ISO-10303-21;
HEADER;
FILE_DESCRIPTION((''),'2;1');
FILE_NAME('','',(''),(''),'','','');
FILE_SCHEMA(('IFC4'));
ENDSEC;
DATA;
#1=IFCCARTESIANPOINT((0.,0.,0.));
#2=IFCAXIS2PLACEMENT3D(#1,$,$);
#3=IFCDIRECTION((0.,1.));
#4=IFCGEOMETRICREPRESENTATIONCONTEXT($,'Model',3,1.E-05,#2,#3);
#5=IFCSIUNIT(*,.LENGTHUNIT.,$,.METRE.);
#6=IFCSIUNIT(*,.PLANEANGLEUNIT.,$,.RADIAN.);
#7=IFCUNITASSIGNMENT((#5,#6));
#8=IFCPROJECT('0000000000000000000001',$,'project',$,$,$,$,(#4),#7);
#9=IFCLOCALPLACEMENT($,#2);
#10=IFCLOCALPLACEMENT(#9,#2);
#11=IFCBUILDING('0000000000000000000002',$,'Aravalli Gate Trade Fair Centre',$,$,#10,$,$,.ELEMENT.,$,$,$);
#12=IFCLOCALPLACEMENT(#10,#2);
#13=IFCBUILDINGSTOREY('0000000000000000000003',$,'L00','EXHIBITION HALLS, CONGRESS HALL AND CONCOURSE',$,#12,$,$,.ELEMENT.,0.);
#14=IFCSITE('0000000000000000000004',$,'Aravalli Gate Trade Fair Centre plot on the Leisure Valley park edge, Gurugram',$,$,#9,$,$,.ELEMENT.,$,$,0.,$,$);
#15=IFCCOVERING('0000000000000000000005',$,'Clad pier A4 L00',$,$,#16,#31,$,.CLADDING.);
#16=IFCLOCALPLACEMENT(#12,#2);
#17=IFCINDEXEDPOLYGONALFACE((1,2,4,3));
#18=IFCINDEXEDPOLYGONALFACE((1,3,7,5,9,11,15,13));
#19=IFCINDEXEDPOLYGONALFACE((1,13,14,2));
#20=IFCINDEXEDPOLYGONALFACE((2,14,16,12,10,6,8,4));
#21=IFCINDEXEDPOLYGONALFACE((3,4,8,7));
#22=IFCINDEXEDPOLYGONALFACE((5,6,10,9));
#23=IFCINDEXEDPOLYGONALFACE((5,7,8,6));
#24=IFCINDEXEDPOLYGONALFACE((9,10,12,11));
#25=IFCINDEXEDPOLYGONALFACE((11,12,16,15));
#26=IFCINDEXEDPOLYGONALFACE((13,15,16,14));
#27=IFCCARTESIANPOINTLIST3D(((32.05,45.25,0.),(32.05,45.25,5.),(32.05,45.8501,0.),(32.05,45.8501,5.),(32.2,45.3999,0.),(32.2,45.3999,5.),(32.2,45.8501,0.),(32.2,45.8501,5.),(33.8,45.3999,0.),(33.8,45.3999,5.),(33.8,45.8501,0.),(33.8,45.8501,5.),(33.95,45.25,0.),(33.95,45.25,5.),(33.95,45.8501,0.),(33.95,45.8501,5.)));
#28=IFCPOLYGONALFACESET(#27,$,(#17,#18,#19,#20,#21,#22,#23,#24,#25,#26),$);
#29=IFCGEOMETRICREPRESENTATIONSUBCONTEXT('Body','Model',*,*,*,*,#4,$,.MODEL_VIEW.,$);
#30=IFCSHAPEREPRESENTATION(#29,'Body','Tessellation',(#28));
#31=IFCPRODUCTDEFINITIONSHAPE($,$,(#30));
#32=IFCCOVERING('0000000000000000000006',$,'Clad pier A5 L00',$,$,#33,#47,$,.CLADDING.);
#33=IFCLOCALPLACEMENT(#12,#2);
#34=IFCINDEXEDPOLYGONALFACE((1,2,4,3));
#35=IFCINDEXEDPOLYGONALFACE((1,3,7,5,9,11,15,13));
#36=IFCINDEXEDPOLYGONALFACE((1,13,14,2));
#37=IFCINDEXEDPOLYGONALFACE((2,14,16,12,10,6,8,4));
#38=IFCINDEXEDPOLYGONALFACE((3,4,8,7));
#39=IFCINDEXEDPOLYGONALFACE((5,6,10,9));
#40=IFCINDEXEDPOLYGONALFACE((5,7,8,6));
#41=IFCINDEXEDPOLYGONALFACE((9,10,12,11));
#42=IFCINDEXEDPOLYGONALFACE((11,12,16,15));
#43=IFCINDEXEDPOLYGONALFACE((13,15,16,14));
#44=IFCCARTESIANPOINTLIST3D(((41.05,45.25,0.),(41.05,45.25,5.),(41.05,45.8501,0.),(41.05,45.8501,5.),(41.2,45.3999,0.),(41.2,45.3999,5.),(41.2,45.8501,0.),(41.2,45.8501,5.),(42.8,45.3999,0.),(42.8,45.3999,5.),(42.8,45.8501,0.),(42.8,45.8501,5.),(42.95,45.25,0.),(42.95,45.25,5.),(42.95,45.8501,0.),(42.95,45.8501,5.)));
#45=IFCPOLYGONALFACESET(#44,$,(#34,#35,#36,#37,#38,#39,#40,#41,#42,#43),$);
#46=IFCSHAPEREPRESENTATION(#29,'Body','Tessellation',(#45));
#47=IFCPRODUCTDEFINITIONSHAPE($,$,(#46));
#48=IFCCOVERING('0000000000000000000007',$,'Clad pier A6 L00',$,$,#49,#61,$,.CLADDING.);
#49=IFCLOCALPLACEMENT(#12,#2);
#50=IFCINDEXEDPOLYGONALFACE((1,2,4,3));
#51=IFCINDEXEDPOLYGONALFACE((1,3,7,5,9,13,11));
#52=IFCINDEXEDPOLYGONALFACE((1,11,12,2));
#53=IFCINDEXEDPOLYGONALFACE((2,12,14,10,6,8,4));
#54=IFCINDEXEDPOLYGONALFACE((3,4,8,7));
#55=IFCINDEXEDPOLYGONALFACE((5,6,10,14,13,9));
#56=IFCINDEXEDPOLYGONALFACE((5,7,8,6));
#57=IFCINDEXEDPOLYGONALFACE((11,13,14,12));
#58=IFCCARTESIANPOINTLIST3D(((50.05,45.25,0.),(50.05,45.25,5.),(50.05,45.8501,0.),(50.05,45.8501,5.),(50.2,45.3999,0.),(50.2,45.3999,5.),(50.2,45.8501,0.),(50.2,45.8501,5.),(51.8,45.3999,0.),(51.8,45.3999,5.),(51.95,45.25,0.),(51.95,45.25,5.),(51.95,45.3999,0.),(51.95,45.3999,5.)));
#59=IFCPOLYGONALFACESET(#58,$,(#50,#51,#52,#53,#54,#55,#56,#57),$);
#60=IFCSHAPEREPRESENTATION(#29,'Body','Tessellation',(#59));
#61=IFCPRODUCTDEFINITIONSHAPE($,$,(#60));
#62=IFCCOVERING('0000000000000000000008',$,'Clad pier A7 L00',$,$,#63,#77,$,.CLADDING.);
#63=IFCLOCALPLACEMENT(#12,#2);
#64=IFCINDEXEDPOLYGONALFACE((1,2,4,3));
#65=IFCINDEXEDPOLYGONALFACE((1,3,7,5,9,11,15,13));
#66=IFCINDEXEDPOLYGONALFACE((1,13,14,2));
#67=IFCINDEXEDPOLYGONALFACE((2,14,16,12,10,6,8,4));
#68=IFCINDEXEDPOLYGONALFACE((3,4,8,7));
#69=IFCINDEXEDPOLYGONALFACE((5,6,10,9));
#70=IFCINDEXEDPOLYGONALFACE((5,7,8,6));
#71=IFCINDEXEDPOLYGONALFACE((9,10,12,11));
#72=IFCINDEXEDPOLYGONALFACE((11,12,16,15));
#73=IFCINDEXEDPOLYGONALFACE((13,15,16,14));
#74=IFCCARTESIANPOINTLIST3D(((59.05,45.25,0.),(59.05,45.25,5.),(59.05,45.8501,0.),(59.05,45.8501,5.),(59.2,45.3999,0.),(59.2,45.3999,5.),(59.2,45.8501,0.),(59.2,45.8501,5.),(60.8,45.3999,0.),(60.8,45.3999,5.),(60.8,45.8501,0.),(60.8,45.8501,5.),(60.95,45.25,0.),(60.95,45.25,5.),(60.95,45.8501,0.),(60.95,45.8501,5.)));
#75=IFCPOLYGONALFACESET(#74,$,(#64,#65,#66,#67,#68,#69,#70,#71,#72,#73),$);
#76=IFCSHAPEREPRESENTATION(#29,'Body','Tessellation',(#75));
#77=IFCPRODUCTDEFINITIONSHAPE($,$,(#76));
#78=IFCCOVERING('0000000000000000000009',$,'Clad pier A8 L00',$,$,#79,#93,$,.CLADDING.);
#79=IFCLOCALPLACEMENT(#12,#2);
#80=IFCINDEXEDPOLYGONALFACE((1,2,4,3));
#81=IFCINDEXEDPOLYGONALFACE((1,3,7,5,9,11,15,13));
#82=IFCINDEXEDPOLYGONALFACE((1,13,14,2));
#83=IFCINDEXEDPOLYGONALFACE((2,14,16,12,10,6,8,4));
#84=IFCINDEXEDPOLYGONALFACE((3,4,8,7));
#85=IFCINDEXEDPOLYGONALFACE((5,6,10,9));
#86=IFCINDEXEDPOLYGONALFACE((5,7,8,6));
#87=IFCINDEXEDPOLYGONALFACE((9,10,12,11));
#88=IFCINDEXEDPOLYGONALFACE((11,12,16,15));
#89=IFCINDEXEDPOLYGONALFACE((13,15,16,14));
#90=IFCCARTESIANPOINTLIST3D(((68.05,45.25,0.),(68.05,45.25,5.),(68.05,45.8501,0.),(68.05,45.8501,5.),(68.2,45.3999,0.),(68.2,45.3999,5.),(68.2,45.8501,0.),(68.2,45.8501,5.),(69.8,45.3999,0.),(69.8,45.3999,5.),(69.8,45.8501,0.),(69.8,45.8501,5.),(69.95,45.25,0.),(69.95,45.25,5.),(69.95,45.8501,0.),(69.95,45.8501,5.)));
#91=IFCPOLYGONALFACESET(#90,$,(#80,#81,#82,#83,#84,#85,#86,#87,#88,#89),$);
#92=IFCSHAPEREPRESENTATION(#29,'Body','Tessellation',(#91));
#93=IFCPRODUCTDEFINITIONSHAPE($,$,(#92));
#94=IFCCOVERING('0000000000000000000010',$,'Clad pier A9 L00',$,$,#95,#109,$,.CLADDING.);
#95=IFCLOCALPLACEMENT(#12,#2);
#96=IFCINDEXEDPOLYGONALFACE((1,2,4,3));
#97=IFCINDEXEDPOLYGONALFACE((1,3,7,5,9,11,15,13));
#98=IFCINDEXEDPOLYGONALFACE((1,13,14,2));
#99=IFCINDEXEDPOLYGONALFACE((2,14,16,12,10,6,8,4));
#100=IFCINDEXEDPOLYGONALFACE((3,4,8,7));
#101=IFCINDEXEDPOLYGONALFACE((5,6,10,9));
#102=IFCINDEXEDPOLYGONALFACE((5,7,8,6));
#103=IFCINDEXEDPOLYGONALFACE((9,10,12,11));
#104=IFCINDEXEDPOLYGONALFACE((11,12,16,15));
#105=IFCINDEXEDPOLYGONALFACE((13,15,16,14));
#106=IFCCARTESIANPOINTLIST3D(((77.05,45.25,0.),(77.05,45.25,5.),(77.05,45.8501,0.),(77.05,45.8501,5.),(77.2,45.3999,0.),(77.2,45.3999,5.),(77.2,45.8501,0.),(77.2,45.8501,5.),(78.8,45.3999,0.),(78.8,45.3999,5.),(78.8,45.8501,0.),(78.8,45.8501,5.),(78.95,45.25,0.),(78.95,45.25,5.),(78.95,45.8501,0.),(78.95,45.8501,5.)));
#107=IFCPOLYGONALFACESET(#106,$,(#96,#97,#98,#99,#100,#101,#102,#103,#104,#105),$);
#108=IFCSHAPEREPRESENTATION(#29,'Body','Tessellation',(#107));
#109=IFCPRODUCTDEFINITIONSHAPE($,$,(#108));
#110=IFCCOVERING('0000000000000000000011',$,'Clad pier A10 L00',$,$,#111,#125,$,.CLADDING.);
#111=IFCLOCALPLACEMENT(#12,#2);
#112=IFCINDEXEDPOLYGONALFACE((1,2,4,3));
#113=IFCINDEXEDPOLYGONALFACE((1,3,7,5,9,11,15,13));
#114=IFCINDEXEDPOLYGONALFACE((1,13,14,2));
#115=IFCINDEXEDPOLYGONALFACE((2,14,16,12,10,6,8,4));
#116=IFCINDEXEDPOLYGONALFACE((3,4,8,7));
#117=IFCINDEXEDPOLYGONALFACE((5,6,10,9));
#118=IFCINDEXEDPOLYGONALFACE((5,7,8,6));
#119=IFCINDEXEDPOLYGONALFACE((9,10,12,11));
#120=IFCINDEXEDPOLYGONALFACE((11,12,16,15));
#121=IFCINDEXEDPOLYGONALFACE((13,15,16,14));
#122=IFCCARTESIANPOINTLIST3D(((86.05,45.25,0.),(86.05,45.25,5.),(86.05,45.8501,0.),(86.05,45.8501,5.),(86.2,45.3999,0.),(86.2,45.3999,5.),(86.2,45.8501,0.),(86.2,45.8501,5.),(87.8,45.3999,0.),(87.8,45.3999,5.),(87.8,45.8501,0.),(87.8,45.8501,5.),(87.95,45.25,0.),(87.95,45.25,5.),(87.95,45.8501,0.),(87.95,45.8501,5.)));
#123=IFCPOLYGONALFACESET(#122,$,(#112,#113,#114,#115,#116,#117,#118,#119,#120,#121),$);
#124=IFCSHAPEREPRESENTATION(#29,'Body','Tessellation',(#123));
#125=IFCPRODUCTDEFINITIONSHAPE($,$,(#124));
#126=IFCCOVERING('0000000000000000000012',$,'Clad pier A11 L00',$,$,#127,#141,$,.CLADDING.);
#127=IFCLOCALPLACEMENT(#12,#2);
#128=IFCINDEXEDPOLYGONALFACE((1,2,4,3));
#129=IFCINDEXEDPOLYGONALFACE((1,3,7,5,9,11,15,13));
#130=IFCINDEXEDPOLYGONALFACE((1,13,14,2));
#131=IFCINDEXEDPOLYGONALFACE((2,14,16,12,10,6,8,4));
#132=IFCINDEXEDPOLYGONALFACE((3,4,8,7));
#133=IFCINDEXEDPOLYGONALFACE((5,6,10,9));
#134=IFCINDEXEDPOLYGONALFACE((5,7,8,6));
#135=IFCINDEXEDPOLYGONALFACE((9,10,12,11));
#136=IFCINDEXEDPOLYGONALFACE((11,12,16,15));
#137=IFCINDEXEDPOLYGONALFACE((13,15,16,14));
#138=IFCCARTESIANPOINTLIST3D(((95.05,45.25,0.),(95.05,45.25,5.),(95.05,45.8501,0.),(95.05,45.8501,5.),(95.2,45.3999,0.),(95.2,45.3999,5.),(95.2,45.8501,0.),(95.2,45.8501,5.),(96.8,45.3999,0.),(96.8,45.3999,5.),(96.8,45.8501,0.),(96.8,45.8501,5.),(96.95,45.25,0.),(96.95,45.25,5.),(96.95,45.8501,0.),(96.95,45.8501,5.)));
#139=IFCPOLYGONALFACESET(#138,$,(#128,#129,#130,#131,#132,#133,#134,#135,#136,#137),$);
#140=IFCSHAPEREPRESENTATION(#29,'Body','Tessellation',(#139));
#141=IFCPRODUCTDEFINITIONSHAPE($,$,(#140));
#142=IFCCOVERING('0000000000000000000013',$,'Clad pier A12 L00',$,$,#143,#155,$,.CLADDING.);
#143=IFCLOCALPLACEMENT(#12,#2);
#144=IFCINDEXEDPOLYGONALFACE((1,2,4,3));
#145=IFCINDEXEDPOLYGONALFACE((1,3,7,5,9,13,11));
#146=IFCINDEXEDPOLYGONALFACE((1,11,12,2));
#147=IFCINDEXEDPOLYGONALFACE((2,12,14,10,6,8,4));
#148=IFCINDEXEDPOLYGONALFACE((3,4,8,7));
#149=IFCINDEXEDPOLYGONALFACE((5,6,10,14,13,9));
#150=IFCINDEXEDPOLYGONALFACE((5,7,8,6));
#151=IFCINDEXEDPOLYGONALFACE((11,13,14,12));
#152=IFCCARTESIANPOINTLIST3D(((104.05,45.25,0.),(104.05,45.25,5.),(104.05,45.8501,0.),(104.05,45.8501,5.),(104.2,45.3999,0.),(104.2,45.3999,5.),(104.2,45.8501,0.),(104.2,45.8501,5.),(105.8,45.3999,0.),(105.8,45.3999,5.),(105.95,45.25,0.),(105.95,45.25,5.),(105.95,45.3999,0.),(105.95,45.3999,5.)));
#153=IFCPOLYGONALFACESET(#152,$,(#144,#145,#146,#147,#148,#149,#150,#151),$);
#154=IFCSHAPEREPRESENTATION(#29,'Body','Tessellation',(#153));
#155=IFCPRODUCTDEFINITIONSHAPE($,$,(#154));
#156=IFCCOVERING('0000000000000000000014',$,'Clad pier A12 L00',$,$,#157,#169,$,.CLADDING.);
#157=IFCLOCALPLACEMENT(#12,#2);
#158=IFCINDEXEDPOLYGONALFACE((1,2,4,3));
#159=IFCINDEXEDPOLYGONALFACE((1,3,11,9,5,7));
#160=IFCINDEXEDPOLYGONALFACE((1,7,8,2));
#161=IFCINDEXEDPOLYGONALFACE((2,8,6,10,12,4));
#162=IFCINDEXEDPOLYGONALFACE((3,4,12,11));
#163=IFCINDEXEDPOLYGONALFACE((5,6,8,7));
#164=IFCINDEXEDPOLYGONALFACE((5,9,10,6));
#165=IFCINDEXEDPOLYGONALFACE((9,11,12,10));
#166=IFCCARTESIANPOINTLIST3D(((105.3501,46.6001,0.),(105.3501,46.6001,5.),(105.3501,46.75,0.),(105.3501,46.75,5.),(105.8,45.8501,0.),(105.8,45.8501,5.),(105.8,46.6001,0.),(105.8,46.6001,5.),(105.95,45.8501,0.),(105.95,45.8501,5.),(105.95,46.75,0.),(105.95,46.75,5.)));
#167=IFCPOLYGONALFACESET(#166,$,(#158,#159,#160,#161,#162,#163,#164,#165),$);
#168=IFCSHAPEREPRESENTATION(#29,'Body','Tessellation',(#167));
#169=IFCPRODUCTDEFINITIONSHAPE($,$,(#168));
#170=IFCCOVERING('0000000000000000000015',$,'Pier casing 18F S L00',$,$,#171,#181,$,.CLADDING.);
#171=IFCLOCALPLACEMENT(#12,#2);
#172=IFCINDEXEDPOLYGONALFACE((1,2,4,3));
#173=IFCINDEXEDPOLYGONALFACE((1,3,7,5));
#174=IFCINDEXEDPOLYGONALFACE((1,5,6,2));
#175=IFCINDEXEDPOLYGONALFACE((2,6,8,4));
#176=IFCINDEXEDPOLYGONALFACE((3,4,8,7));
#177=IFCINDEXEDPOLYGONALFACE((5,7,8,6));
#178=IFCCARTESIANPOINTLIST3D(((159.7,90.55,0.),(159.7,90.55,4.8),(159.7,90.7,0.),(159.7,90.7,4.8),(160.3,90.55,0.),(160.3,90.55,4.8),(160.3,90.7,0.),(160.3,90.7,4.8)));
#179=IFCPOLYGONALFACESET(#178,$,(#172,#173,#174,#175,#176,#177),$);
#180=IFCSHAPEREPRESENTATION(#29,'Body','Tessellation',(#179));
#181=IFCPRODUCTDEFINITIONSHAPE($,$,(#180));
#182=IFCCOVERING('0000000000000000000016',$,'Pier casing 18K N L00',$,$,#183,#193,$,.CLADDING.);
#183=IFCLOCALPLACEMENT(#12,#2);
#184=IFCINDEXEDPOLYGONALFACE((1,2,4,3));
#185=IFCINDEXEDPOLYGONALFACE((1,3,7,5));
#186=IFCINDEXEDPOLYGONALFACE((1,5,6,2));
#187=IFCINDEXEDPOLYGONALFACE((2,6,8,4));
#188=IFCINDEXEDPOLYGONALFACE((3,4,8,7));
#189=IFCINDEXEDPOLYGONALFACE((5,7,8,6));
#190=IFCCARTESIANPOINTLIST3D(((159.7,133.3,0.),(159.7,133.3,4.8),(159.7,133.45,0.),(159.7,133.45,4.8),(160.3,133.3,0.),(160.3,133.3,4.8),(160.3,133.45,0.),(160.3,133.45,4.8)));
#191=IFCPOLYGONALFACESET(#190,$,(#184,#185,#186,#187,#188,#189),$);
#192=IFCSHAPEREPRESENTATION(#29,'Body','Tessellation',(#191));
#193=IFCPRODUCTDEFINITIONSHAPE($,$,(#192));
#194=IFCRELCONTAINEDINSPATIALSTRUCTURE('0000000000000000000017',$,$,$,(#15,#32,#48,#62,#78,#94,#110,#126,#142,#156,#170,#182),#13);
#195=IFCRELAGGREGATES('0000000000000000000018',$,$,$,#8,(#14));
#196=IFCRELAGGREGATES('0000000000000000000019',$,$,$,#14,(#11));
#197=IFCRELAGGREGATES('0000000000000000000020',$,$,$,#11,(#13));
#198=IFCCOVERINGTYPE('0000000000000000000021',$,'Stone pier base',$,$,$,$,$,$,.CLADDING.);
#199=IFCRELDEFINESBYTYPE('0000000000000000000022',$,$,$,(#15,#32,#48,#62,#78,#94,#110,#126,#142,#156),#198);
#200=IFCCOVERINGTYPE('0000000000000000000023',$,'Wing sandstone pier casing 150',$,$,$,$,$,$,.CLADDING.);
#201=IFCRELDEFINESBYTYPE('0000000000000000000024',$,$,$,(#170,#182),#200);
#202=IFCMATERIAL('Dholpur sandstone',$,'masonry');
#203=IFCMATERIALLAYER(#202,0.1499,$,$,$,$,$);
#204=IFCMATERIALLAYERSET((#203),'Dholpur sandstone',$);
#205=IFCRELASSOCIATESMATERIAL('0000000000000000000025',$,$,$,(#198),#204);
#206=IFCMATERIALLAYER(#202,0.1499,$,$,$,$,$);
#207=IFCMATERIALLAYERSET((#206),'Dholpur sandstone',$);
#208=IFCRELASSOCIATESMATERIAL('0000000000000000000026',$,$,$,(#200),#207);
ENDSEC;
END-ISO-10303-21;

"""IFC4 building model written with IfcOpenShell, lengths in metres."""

from ifc_helpers import new_model, si_unit, direction, origin, place, context, subcontext, project, spatial, polyline, outline, extrude, material, layer, layer_set, type_object, element, save


model = new_model("IFC4")

# Units and contexts
model_context = context("Model", 3, precision=1e-05, world=origin(), true_north=direction((0.0, 1.0)))
body_context = subcontext(model_context, "Body", "Model", "MODEL_VIEW")
ifc_project = project(units=[si_unit("LENGTHUNIT", "METRE"), si_unit("PLANEANGLEUNIT", "RADIAN")], contexts=[model_context])

# Site, building, storey
site_placement = place(None, origin())
site = spatial("IfcSite", under=ifc_project, at=site_placement, Name="Aravalli Gate Trade Fair Centre plot on the Leisure Valley park edge, Gurugram", CompositionType="ELEMENT", RefElevation=0.0)
building_placement = place(site_placement, origin())
building = spatial("IfcBuilding", under=site, at=building_placement, Name="Aravalli Gate Trade Fair Centre", CompositionType="ELEMENT")
storey_placement = place(building_placement, origin())
storey = spatial("IfcBuildingStorey", under=building, at=storey_placement, Name="L00", Description="EXHIBITION HALLS, CONGRESS HALL AND CONCOURSE", CompositionType="ELEMENT", Elevation=0.0)

# Coverings
ifc_material_1 = material(Name="Dholpur sandstone", Category="masonry")
ifc_layer_1 = layer(ifc_material_1, 0.1499)
ifc_layer_set_1 = layer_set([ifc_layer_1], Name="Dholpur sandstone")
covering_type_1 = type_object("IfcCoveringType", Name="Stone pier base", PredefinedType="CLADDING", material=ifc_layer_set_1)
covering_1_placement = place(storey_placement, origin())
element("IfcCovering", 1, at=covering_1_placement, inside=storey, type_object=covering_type_1, Name="Clad pier A4 L00", PredefinedType="CLADDING", context=body_context, shape_type="SweptSolid", body=[
    extrude(outline(polyline([(32.05, 45.8501), (32.2, 45.8501), (32.2, 45.3999), (33.8, 45.3999), (33.8, 45.8501), (33.95, 45.8501), (33.95, 45.25), (32.05, 45.25), (32.05, 45.8501)])), origin(), (0.0, 0.0, 1.0), 5.0),
])
covering_2_placement = place(storey_placement, origin())
element("IfcCovering", 2, at=covering_2_placement, inside=storey, type_object=covering_type_1, Name="Clad pier A5 L00", PredefinedType="CLADDING", context=body_context, shape_type="SweptSolid", body=[
    extrude(outline(polyline([(41.05, 45.8501), (41.2, 45.8501), (41.2, 45.3999), (42.8, 45.3999), (42.8, 45.8501), (42.95, 45.8501), (42.95, 45.25), (41.05, 45.25), (41.05, 45.8501)])), origin(), (0.0, 0.0, 1.0), 5.0),
])
covering_3_placement = place(storey_placement, origin())
element("IfcCovering", 3, at=covering_3_placement, inside=storey, type_object=covering_type_1, Name="Clad pier A6 L00", PredefinedType="CLADDING", context=body_context, shape_type="SweptSolid", body=[
    extrude(outline(polyline([(50.2, 45.8501), (50.2, 45.3999), (51.8, 45.3999), (51.95, 45.3999), (51.95, 45.25), (50.05, 45.25), (50.05, 45.8501), (50.2, 45.8501)])), origin(), (0.0, 0.0, 1.0), 5.0),
])
covering_4_placement = place(storey_placement, origin())
element("IfcCovering", 4, at=covering_4_placement, inside=storey, type_object=covering_type_1, Name="Clad pier A7 L00", PredefinedType="CLADDING", context=body_context, shape_type="SweptSolid", body=[
    extrude(outline(polyline([(59.05, 45.8501), (59.2, 45.8501), (59.2, 45.3999), (60.8, 45.3999), (60.8, 45.8501), (60.95, 45.8501), (60.95, 45.25), (59.05, 45.25), (59.05, 45.8501)])), origin(), (0.0, 0.0, 1.0), 5.0),
])
covering_5_placement = place(storey_placement, origin())
element("IfcCovering", 5, at=covering_5_placement, inside=storey, type_object=covering_type_1, Name="Clad pier A8 L00", PredefinedType="CLADDING", context=body_context, shape_type="SweptSolid", body=[
    extrude(outline(polyline([(68.05, 45.8501), (68.2, 45.8501), (68.2, 45.3999), (69.8, 45.3999), (69.8, 45.8501), (69.95, 45.8501), (69.95, 45.25), (68.05, 45.25), (68.05, 45.8501)])), origin(), (0.0, 0.0, 1.0), 5.0),
])
covering_6_placement = place(storey_placement, origin())
element("IfcCovering", 6, at=covering_6_placement, inside=storey, type_object=covering_type_1, Name="Clad pier A9 L00", PredefinedType="CLADDING", context=body_context, shape_type="SweptSolid", body=[
    extrude(outline(polyline([(77.05, 45.8501), (77.2, 45.8501), (77.2, 45.3999), (78.8, 45.3999), (78.8, 45.8501), (78.95, 45.8501), (78.95, 45.25), (77.05, 45.25), (77.05, 45.8501)])), origin(), (0.0, 0.0, 1.0), 5.0),
])
covering_7_placement = place(storey_placement, origin())
element("IfcCovering", 7, at=covering_7_placement, inside=storey, type_object=covering_type_1, Name="Clad pier A10 L00", PredefinedType="CLADDING", context=body_context, shape_type="SweptSolid", body=[
    extrude(outline(polyline([(86.05, 45.8501), (86.2, 45.8501), (86.2, 45.3999), (87.8, 45.3999), (87.8, 45.8501), (87.95, 45.8501), (87.95, 45.25), (86.05, 45.25), (86.05, 45.8501)])), origin(), (0.0, 0.0, 1.0), 5.0),
])
covering_8_placement = place(storey_placement, origin())
element("IfcCovering", 8, at=covering_8_placement, inside=storey, type_object=covering_type_1, Name="Clad pier A11 L00", PredefinedType="CLADDING", context=body_context, shape_type="SweptSolid", body=[
    extrude(outline(polyline([(95.05, 45.8501), (95.2, 45.8501), (95.2, 45.3999), (96.8, 45.3999), (96.8, 45.8501), (96.95, 45.8501), (96.95, 45.25), (95.05, 45.25), (95.05, 45.8501)])), origin(), (0.0, 0.0, 1.0), 5.0),
])
covering_9_placement = place(storey_placement, origin())
element("IfcCovering", 9, at=covering_9_placement, inside=storey, type_object=covering_type_1, Name="Clad pier A12 L00", PredefinedType="CLADDING", context=body_context, shape_type="SweptSolid", body=[
    extrude(outline(polyline([(104.2, 45.8501), (104.2, 45.3999), (105.8, 45.3999), (105.95, 45.3999), (105.95, 45.25), (104.05, 45.25), (104.05, 45.8501), (104.2, 45.8501)])), origin(), (0.0, 0.0, 1.0), 5.0),
])
covering_10_placement = place(storey_placement, origin())
element("IfcCovering", 10, at=covering_10_placement, inside=storey, type_object=covering_type_1, Name="Clad pier A12 L00", PredefinedType="CLADDING", context=body_context, shape_type="SweptSolid", body=[
    extrude(outline(polyline([(105.8, 46.6001), (105.3501, 46.6001), (105.3501, 46.75), (105.95, 46.75), (105.95, 45.8501), (105.8, 45.8501), (105.8, 46.6001)])), origin(), (0.0, 0.0, 1.0), 5.0),
])
ifc_layer_2 = layer(ifc_material_1, 0.1499)
ifc_layer_set_2 = layer_set([ifc_layer_2], Name="Dholpur sandstone")
covering_type_2 = type_object("IfcCoveringType", Name="Wing sandstone pier casing 150", PredefinedType="CLADDING", material=ifc_layer_set_2)
covering_11_placement = place(storey_placement, origin())
element("IfcCovering", 11, at=covering_11_placement, inside=storey, type_object=covering_type_2, Name="Pier casing 18F S L00", PredefinedType="CLADDING", context=body_context, shape_type="SweptSolid", body=[
    extrude(outline(polyline([(159.7, 90.55), (160.3, 90.55), (160.3, 90.7), (159.7, 90.7), (159.7, 90.55)])), origin(), (0.0, 0.0, 1.0), 4.8),
])
covering_12_placement = place(storey_placement, origin())
element("IfcCovering", 12, at=covering_12_placement, inside=storey, type_object=covering_type_2, Name="Pier casing 18K N L00", PredefinedType="CLADDING", context=body_context, shape_type="SweptSolid", body=[
    extrude(outline(polyline([(159.7, 133.3), (160.3, 133.3), (160.3, 133.45), (159.7, 133.45), (159.7, 133.3)])), origin(), (0.0, 0.0, 1.0), 4.8),
])

save(model, "model.ifc")
